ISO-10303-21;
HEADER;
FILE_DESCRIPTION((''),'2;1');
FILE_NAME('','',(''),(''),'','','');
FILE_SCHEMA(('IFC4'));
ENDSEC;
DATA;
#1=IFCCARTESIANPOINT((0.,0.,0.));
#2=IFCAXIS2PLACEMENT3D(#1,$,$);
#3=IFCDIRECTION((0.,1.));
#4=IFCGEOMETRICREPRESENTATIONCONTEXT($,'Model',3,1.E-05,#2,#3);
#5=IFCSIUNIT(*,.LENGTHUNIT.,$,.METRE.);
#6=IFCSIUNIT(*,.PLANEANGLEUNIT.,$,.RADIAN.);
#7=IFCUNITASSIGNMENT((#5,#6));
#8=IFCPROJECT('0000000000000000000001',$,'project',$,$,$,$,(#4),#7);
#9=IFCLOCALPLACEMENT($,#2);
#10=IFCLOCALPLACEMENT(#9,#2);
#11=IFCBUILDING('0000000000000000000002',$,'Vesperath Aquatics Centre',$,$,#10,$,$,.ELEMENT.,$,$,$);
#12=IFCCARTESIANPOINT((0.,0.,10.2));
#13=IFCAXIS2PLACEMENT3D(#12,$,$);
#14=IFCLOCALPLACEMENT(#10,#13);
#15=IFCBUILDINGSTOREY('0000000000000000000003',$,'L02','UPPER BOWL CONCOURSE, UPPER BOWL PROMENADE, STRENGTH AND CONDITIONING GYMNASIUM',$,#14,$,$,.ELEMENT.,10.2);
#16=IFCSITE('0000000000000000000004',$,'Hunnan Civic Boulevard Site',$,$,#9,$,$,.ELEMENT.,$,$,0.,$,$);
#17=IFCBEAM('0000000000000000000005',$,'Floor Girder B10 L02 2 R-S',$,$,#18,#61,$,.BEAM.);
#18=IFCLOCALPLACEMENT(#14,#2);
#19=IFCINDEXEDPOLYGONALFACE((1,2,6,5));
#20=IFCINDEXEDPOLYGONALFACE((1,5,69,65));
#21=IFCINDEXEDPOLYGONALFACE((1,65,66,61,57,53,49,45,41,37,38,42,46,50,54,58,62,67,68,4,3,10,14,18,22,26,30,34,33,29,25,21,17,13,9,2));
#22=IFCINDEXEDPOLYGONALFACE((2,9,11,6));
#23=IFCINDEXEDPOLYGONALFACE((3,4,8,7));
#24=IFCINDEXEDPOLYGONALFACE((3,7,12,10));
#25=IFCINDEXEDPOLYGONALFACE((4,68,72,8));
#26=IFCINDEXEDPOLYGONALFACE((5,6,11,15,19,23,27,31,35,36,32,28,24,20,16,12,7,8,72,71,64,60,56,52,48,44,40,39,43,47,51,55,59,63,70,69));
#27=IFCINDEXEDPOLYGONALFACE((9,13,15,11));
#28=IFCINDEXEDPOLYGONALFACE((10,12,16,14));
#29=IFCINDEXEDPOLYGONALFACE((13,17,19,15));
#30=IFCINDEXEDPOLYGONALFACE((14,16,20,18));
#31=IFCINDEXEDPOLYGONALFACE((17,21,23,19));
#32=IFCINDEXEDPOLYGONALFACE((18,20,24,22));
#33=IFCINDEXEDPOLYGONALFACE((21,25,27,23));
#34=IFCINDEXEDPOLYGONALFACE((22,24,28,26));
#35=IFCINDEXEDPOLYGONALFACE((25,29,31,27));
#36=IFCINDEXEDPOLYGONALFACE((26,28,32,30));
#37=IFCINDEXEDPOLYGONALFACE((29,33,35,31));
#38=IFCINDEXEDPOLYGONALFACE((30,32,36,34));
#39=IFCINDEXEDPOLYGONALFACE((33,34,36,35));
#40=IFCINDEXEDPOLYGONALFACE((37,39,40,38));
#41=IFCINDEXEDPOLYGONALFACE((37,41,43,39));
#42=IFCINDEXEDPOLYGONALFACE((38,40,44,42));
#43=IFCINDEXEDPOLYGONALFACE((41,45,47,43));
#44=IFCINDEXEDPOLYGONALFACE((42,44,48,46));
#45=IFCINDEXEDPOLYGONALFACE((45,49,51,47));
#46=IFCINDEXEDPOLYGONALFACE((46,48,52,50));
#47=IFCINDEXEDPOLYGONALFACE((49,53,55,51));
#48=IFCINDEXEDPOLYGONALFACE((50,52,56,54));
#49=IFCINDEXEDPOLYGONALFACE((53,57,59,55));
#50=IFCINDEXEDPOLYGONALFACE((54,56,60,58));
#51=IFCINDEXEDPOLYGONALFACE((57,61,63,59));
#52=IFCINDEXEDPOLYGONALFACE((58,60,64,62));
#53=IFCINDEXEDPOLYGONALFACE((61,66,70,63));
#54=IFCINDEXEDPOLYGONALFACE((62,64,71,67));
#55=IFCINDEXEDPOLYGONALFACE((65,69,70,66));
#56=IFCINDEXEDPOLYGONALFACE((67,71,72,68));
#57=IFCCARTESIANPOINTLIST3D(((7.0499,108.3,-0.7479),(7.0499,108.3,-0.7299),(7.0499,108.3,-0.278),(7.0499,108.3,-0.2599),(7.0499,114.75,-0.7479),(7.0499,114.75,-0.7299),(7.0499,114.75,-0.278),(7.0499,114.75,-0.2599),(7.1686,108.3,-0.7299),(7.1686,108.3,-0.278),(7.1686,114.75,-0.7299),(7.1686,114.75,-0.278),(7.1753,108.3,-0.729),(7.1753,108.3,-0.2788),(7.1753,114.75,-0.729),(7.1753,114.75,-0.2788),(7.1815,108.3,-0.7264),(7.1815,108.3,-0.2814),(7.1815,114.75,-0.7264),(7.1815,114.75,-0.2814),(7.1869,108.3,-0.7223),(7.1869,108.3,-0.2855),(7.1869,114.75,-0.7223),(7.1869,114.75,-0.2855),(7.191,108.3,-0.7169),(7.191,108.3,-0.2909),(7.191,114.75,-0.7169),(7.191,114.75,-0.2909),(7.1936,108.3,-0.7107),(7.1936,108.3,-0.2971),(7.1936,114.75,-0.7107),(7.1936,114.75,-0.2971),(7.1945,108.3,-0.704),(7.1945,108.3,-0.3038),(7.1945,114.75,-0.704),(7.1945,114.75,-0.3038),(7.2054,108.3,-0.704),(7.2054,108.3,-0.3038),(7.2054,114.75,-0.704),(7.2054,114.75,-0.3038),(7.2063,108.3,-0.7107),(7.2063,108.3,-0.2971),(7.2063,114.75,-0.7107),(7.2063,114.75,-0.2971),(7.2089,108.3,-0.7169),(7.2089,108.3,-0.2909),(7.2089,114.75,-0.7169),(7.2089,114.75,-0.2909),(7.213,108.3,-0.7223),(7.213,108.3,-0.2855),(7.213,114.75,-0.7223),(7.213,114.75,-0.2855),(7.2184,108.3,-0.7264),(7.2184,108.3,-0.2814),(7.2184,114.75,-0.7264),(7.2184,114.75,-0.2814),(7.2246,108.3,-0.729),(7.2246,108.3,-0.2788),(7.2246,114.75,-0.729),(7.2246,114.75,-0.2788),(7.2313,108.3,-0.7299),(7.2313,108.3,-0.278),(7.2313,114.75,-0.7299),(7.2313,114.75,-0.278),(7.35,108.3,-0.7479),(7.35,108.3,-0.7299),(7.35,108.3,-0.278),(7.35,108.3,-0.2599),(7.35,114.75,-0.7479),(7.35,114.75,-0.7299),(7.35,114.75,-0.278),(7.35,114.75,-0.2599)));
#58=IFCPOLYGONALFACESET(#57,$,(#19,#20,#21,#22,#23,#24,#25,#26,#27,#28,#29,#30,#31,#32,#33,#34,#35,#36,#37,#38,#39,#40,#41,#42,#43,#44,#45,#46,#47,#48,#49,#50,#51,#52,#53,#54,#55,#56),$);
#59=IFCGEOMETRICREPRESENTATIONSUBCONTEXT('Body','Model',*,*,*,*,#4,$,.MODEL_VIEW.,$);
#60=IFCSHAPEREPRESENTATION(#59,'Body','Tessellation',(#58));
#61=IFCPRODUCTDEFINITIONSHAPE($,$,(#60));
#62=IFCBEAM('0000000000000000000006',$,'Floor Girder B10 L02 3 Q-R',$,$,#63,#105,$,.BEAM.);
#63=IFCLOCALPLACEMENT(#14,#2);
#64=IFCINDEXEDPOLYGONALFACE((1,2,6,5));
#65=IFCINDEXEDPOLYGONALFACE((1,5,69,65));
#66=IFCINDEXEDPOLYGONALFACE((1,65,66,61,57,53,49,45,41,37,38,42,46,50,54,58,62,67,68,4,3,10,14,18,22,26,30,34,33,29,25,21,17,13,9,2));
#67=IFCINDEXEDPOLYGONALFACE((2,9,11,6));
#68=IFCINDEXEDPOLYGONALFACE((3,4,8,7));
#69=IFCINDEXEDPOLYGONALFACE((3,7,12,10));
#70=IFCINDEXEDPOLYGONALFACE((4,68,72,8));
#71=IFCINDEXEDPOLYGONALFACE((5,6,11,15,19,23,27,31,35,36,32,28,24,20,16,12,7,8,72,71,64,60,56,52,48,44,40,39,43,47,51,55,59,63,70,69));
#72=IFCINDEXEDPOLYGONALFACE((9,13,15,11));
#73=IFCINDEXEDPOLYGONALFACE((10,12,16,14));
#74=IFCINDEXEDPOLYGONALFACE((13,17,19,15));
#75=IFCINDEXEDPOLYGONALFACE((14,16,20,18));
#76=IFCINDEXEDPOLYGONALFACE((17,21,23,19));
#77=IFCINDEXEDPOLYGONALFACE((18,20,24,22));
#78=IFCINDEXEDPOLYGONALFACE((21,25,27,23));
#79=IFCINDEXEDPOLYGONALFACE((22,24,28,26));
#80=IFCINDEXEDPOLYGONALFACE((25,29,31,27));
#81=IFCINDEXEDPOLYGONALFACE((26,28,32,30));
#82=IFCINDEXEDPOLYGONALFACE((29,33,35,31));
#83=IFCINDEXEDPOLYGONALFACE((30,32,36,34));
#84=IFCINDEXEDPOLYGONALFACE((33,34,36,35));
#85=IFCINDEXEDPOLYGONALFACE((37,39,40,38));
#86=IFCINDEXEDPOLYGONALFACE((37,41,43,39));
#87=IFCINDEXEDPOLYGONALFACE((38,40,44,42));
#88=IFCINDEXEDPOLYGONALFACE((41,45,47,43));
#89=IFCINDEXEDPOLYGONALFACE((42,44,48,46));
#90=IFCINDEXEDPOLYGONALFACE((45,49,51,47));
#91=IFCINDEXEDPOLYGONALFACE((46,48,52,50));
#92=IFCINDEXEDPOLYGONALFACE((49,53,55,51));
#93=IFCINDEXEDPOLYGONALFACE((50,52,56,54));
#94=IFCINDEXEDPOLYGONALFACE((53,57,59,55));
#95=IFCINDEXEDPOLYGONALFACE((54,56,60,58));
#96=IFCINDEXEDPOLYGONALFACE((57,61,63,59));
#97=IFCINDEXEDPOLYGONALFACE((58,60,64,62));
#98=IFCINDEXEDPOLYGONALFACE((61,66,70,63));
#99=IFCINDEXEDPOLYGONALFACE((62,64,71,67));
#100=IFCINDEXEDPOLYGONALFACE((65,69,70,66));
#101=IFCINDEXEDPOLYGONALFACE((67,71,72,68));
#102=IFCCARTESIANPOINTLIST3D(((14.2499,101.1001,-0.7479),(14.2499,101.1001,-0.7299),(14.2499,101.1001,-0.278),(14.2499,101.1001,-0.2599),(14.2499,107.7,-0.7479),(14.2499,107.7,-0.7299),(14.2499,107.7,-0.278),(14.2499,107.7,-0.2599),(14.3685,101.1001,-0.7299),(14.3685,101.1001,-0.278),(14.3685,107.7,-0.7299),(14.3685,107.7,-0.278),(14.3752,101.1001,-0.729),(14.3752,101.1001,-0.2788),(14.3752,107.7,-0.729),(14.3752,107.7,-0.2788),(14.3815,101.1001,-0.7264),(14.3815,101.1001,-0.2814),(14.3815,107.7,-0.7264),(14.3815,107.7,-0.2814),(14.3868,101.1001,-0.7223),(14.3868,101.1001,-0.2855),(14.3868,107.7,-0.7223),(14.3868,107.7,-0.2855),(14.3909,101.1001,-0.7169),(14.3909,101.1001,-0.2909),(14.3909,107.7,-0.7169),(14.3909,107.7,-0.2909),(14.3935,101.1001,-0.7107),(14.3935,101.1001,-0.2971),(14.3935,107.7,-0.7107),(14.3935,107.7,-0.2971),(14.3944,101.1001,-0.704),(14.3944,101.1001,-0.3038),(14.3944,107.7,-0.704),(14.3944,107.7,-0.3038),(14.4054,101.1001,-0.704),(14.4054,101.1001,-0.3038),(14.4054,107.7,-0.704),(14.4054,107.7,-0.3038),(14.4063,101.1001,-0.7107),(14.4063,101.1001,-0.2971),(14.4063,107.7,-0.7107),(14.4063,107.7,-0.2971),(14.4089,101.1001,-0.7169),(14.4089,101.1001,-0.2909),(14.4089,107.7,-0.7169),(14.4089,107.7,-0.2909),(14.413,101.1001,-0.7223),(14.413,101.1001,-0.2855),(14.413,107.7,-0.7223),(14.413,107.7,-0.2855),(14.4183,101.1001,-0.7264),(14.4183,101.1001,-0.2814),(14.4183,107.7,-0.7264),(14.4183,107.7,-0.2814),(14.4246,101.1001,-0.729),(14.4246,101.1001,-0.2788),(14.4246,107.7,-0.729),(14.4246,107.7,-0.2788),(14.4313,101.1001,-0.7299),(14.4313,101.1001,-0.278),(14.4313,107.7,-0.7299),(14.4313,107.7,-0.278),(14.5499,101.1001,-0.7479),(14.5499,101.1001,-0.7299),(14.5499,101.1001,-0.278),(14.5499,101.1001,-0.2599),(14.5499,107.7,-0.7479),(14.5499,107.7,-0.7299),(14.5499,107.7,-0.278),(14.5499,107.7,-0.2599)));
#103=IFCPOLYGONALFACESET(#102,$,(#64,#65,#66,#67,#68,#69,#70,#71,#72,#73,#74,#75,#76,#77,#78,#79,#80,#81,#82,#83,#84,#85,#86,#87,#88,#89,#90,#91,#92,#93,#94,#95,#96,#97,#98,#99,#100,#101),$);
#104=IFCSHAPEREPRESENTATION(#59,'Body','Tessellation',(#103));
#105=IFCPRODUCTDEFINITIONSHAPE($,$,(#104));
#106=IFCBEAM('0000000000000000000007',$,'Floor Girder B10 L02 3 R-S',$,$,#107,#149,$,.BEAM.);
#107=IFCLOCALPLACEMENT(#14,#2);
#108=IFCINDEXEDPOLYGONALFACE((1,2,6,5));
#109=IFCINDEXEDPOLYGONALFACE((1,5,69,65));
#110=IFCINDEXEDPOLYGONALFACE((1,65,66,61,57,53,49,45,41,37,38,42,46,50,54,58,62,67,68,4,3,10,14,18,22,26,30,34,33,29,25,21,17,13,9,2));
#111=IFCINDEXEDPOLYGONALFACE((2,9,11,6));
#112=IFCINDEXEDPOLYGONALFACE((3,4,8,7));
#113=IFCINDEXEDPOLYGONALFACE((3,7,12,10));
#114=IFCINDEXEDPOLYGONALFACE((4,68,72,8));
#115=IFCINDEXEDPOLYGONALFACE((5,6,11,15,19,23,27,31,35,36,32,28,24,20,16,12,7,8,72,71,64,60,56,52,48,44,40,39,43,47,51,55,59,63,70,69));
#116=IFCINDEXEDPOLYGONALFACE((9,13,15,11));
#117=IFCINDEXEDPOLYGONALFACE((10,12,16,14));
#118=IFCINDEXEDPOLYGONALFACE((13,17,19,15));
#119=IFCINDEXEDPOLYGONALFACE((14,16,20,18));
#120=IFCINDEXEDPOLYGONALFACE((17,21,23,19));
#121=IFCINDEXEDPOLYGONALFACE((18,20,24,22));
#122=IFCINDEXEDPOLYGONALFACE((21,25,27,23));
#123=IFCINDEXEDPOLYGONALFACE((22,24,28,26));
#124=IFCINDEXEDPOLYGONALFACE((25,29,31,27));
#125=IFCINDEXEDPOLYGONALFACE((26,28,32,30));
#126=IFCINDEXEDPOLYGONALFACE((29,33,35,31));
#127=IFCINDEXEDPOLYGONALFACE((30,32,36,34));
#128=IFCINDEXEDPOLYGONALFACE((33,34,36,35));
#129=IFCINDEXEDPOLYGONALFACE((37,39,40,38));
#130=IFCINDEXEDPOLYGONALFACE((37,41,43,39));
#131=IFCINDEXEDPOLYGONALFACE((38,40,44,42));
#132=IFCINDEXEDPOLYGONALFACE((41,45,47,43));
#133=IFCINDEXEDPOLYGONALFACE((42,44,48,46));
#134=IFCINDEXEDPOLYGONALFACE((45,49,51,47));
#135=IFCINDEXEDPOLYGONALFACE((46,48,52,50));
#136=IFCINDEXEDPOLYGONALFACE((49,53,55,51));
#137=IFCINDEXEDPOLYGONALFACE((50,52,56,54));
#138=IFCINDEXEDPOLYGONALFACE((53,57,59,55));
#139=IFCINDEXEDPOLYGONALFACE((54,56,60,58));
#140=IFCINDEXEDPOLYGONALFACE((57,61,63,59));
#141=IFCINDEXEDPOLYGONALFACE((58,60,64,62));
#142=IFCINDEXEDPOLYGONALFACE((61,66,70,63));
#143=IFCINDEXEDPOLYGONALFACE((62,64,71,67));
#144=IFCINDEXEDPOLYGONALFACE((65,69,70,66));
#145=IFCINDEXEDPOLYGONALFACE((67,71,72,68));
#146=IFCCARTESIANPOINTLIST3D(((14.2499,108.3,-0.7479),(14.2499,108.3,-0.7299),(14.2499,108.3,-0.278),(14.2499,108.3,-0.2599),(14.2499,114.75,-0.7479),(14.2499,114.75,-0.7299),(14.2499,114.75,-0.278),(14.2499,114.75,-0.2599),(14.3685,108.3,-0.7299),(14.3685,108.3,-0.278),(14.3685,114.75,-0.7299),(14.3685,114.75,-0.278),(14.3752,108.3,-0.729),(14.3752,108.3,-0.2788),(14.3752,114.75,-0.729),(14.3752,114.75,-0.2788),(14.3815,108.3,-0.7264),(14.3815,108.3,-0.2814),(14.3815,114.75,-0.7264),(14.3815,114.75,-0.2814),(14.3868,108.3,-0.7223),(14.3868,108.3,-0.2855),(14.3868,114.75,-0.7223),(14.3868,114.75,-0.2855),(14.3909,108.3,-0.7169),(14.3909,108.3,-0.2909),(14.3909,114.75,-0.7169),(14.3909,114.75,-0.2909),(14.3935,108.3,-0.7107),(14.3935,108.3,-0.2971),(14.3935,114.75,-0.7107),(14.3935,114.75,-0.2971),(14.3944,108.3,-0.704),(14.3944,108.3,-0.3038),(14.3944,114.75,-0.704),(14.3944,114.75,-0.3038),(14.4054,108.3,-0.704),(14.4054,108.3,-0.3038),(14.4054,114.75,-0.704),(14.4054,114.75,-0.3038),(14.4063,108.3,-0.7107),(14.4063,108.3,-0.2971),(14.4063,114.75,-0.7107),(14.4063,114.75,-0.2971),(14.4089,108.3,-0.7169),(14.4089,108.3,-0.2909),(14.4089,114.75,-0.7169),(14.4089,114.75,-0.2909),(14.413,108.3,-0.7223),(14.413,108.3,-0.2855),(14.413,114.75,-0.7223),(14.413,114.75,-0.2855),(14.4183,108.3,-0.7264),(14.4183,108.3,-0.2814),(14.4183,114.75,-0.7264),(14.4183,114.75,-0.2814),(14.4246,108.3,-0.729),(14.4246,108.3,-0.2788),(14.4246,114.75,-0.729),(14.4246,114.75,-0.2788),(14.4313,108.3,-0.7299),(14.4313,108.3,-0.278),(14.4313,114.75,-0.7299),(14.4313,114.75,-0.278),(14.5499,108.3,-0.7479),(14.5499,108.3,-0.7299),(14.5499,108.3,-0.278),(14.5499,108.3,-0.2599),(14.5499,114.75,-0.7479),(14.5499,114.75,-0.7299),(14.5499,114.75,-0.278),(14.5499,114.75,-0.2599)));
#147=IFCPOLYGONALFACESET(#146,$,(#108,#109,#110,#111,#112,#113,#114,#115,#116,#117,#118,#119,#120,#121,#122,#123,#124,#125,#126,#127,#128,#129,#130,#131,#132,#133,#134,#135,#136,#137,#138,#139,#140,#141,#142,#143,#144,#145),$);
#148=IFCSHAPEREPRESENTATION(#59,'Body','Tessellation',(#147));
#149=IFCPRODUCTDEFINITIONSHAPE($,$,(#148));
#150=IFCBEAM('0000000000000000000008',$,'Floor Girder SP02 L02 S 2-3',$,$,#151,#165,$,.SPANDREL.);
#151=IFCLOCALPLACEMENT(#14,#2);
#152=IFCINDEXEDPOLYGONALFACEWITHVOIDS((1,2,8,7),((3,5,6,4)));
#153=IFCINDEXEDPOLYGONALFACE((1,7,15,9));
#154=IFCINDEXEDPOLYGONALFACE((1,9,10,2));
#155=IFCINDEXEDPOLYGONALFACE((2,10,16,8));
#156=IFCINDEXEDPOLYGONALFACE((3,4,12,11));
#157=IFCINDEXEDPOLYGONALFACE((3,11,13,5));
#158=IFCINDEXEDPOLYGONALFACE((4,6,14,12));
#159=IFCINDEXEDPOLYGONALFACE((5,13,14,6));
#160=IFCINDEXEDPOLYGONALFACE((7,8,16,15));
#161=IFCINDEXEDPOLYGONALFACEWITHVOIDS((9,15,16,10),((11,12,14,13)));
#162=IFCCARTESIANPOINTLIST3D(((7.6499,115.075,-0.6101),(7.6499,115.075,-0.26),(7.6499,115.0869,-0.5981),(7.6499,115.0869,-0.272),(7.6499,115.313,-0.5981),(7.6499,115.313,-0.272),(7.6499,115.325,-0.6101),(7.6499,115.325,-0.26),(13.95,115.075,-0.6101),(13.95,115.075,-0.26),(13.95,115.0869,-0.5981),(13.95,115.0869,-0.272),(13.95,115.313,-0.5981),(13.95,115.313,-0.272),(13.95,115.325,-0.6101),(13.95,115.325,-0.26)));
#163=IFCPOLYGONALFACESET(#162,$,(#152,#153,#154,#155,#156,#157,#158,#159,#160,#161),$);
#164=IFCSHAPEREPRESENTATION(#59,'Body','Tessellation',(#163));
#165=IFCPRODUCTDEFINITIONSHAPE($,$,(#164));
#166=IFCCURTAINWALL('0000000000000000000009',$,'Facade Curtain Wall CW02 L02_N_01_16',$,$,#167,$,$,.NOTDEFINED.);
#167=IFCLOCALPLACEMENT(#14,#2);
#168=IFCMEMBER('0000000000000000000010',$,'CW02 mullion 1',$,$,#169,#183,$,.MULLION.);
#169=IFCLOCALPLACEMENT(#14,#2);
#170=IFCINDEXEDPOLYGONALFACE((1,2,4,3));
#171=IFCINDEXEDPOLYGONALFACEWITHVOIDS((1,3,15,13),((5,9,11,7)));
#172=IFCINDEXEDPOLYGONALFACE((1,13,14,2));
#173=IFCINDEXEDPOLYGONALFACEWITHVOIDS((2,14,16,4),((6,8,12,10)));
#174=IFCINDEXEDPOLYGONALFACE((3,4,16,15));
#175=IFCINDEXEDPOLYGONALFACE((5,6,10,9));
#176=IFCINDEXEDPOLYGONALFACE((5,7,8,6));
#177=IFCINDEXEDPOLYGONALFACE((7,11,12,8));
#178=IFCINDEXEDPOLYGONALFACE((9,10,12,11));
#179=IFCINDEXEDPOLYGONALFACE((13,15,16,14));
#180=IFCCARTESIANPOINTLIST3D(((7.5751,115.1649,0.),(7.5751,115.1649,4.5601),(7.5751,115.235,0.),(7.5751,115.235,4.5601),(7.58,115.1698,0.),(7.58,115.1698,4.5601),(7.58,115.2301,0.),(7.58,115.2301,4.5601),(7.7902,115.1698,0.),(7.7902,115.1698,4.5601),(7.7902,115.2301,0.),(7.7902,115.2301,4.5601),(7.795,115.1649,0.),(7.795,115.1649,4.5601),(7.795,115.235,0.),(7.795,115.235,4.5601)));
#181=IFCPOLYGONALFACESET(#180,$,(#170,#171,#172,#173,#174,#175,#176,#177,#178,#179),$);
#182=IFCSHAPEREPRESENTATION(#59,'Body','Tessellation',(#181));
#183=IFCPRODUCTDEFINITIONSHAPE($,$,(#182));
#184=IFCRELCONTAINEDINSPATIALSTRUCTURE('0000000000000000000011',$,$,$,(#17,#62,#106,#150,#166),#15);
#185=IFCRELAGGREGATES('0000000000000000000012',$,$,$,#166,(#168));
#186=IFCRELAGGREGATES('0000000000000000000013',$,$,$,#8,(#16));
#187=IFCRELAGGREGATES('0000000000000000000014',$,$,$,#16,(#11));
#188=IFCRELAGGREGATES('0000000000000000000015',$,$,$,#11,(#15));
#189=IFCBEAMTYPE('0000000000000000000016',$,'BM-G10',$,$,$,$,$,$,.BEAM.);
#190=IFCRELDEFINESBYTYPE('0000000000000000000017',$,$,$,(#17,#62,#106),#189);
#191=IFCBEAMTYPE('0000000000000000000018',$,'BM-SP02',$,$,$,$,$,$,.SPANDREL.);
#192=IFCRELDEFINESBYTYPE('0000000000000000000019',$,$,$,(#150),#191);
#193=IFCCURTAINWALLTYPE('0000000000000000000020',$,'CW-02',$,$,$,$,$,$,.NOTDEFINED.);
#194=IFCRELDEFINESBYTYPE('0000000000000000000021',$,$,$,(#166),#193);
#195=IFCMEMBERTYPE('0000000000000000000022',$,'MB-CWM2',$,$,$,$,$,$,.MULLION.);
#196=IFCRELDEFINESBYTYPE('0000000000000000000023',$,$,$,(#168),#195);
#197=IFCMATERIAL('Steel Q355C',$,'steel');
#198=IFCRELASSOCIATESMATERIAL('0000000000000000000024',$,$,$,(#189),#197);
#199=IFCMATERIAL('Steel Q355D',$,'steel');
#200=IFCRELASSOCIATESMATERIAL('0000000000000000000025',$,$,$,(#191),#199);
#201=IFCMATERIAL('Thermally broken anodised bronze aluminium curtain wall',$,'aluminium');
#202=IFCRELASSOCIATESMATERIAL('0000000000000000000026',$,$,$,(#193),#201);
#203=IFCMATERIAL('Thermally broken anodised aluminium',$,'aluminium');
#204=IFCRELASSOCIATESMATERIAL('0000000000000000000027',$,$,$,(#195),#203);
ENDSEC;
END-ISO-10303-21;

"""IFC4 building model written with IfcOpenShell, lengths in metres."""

from ifc_helpers import new_model, si_unit, direction, frame, origin, origin_2d, place, context, subcontext, project, spatial, hollow_rectangle, i_section, extrude, material, material_profile, profile_set, type_object, element, aggregate, save


model = new_model("IFC4")

# Units and contexts
model_context = context("Model", 3, precision=1e-05, world=origin(), true_north=direction((0.0, 1.0)))
body_context = subcontext(model_context, "Body", "Model", "MODEL_VIEW")
ifc_project = project(units=[si_unit("LENGTHUNIT", "METRE"), si_unit("PLANEANGLEUNIT", "RADIAN")], contexts=[model_context])

# Site, building, storey
site_placement = place(None, origin())
site = spatial("IfcSite", under=ifc_project, at=site_placement, Name="Hunnan Civic Boulevard Site", CompositionType="ELEMENT", RefElevation=0.0)
building_placement = place(site_placement, origin())
building = spatial("IfcBuilding", under=site, at=building_placement, Name="Vesperath Aquatics Centre", CompositionType="ELEMENT")
storey_placement = place(building_placement, frame((0.0, 0.0, 10.2)))
storey = spatial("IfcBuildingStorey", under=building, at=storey_placement, Name="L02", Description="UPPER BOWL CONCOURSE, UPPER BOWL PROMENADE, STRENGTH AND CONDITIONING GYMNASIUM", CompositionType="ELEMENT", Elevation=10.2)

# Beams
ifc_material_1 = material(Name="Steel Q355C", Category="steel")
ifc_material_profile_1 = material_profile(ifc_material_1, i_section(OverallWidth=0.3, OverallDepth=0.488, WebThickness=0.011, FlangeThickness=0.0181, FilletRadius=0.0259, at=origin_2d()), Name="HM 488x300x11x18")
ifc_profile_set_1 = profile_set([ifc_material_profile_1], Name="Steel Q355C")
beam_type_1 = type_object("IfcBeamType", Name="BM-G10", PredefinedType="BEAM", material=ifc_profile_set_1)
beam_1_placement = place(storey_placement, frame((7.2, 108.3, -0.5039), z_axis=(0.0, 1.0, 0.0), x_axis=(-1.0, 0.0, 0.0)))
element("IfcBeam", 1, at=beam_1_placement, inside=storey, type_object=beam_type_1, Name="Floor Girder B10 L02 2 R-S", PredefinedType="BEAM", context=body_context, shape_type="SweptSolid", body=[
    extrude(i_section(OverallWidth=0.3, OverallDepth=0.488, WebThickness=0.011, FlangeThickness=0.0181, FilletRadius=0.0259, at=origin_2d()), origin(), (0.0, 0.0, 1.0), 6.45),
])
beam_2_placement = place(storey_placement, frame((14.3999, 101.1001, -0.5039), z_axis=(0.0, 1.0, 0.0), x_axis=(-1.0, 0.0, 0.0)))
element("IfcBeam", 2, at=beam_2_placement, inside=storey, type_object=beam_type_1, Name="Floor Girder B10 L02 3 Q-R", PredefinedType="BEAM", context=body_context, shape_type="SweptSolid", body=[
    extrude(i_section(OverallWidth=0.3, OverallDepth=0.488, WebThickness=0.011, FlangeThickness=0.0181, FilletRadius=0.0259, at=origin_2d()), origin(), (0.0, 0.0, 1.0), 6.5999),
])
beam_3_placement = place(storey_placement, frame((14.3999, 108.3, -0.5039), z_axis=(0.0, 1.0, 0.0), x_axis=(-1.0, 0.0, 0.0)))
element("IfcBeam", 3, at=beam_3_placement, inside=storey, type_object=beam_type_1, Name="Floor Girder B10 L02 3 R-S", PredefinedType="BEAM", context=body_context, shape_type="SweptSolid", body=[
    extrude(i_section(OverallWidth=0.3, OverallDepth=0.488, WebThickness=0.011, FlangeThickness=0.0181, FilletRadius=0.0259, at=origin_2d()), origin(), (0.0, 0.0, 1.0), 6.45),
])
ifc_material_2 = material(Name="Steel Q355D", Category="steel")
ifc_material_profile_2 = material_profile(ifc_material_2, hollow_rectangle(XDim=0.25, YDim=0.3501, WallThickness=0.012, at=origin_2d()), Name="RHS 350x250x12")
ifc_profile_set_2 = profile_set([ifc_material_profile_2], Name="Steel Q355D")
beam_type_2 = type_object("IfcBeamType", Name="BM-SP02", PredefinedType="SPANDREL", material=ifc_profile_set_2)
beam_4_placement = place(storey_placement, frame((7.6499, 115.2, -0.4351), z_axis=(1.0, 0.0, 0.0), x_axis=(0.0, 1.0, 0.0)))
element("IfcBeam", 4, at=beam_4_placement, inside=storey, type_object=beam_type_2, Name="Floor Girder SP02 L02 S 2-3", PredefinedType="SPANDREL", context=body_context, shape_type="SweptSolid", body=[
    extrude(hollow_rectangle(XDim=0.25, YDim=0.3501, WallThickness=0.012, at=origin_2d()), origin(), (0.0, 0.0, 1.0), 6.3),
])

# Curtain wall, member
ifc_material_3 = material(Name="Thermally broken anodised bronze aluminium curtain wall", Category="aluminium")
curtain_wall_type = type_object("IfcCurtainWallType", Name="CW-02", PredefinedType="NOTDEFINED", material=ifc_material_3)
curtain_wall_placement = place(storey_placement, origin())
curtain_wall = element("IfcCurtainWall", 5, at=curtain_wall_placement, inside=storey, type_object=curtain_wall_type, Name="Facade Curtain Wall CW02 L02_N_01_16", PredefinedType="NOTDEFINED")
ifc_material_4 = material(Name="Thermally broken anodised aluminium", Category="aluminium")
ifc_material_profile_3 = material_profile(ifc_material_4, hollow_rectangle(XDim=0.0701, YDim=0.22, WallThickness=0.0049, at=origin_2d()), Name="CWM 70x220x5")
ifc_profile_set_3 = profile_set([ifc_material_profile_3], Name="Thermally broken anodised aluminium")
member_type_1 = type_object("IfcMemberType", Name="MB-CWM2", PredefinedType="MULLION", material=ifc_profile_set_3)
member_1_placement = place(storey_placement, frame((7.6851, 115.2, 0.0), z_axis=(0.0, 0.0, 1.0), x_axis=(0.0, 1.0, 0.0)))
member_1 = element("IfcMember", 6, at=member_1_placement, type_object=member_type_1, Name="CW02 mullion 1", PredefinedType="MULLION", context=body_context, shape_type="SweptSolid", body=[
    extrude(hollow_rectangle(XDim=0.0701, YDim=0.22, WallThickness=0.0049, at=origin_2d()), origin(), (0.0, 0.0, 1.0), 4.5601),
])
aggregate(curtain_wall, [member_1])

save(model, "model.ifc")
